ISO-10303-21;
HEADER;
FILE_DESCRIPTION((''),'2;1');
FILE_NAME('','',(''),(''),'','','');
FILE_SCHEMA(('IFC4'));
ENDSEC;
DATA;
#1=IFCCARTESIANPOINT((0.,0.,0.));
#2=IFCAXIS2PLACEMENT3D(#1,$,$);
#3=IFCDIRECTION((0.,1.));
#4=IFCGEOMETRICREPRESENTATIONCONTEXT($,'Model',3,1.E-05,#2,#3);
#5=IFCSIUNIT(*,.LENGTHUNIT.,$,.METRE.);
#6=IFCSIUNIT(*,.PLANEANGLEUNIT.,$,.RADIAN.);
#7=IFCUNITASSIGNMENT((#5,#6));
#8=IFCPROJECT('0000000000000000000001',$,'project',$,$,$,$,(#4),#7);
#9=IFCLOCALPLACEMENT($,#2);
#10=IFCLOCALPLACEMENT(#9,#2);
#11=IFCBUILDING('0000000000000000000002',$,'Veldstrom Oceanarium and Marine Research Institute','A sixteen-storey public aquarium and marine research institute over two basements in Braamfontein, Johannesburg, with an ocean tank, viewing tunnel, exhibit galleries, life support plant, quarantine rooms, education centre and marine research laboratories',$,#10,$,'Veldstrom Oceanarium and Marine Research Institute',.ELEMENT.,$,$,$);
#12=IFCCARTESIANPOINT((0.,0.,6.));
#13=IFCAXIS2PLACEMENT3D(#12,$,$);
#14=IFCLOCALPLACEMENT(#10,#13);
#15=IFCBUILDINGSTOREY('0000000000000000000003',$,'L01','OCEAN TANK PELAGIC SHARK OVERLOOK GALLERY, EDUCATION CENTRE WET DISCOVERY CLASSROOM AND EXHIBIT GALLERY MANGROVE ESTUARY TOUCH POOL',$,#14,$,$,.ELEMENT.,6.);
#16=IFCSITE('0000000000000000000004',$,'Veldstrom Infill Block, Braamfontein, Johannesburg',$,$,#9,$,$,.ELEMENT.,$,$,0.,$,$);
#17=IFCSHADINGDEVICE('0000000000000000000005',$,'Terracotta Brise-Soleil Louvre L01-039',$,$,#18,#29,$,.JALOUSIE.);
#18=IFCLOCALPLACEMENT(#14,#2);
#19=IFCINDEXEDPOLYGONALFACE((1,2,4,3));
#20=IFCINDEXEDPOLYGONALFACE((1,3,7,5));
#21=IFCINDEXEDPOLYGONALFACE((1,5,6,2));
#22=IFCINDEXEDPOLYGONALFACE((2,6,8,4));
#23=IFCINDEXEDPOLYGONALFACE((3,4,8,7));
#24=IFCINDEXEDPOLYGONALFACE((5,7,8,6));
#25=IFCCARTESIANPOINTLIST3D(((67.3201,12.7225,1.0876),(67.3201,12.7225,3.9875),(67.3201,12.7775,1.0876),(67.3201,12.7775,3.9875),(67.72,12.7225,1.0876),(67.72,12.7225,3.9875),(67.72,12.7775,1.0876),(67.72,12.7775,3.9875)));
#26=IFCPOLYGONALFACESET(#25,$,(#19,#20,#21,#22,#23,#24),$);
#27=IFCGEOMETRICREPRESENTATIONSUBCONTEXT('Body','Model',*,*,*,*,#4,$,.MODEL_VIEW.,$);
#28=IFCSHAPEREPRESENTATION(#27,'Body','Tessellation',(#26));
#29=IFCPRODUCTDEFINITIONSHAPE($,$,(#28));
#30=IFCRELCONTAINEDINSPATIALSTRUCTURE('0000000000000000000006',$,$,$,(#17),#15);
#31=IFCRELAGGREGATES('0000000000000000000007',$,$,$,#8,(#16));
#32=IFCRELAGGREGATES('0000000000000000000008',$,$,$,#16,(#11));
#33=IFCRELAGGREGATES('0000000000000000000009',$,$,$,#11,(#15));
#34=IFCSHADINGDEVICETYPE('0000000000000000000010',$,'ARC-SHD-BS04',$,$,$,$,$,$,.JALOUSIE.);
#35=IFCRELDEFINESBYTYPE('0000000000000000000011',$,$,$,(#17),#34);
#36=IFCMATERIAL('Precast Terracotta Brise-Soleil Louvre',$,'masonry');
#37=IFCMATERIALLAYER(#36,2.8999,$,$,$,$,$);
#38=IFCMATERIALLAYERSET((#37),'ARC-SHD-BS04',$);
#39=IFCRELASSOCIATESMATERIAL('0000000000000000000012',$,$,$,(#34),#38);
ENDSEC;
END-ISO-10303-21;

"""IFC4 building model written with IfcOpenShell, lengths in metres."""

from ifc_helpers import new_model, si_unit, direction, frame, origin, origin_2d, place, context, subcontext, project, spatial, rectangle, extrude, material, layer, layer_set, type_object, element, save


model = new_model("IFC4")

# Units and contexts
model_context = context("Model", 3, precision=1e-05, world=origin(), true_north=direction((0.0, 1.0)))
body_context = subcontext(model_context, "Body", "Model", "MODEL_VIEW")
ifc_project = project(units=[si_unit("LENGTHUNIT", "METRE"), si_unit("PLANEANGLEUNIT", "RADIAN")], contexts=[model_context])

# Site, building, storey
site_placement = place(None, origin())
site = spatial("IfcSite", under=ifc_project, at=site_placement, Name="Veldstrom Infill Block, Braamfontein, Johannesburg", CompositionType="ELEMENT", RefElevation=0.0)
building_placement = place(site_placement, origin())
building = spatial("IfcBuilding", under=site, at=building_placement, Name="Veldstrom Oceanarium and Marine Research Institute", Description="A sixteen-storey public aquarium and marine research institute over two basements in Braamfontein, Johannesburg, with an ocean tank, viewing tunnel, exhibit galleries, life support plant, quarantine rooms, education centre and marine research laboratories", LongName="Veldstrom Oceanarium and Marine Research Institute", CompositionType="ELEMENT")
storey_placement = place(building_placement, frame((0.0, 0.0, 6.0)))
storey = spatial("IfcBuildingStorey", under=building, at=storey_placement, Name="L01", Description="OCEAN TANK PELAGIC SHARK OVERLOOK GALLERY, EDUCATION CENTRE WET DISCOVERY CLASSROOM AND EXHIBIT GALLERY MANGROVE ESTUARY TOUCH POOL", CompositionType="ELEMENT", Elevation=6.0)

# Shading device
ifc_material_1 = material(Name="Precast Terracotta Brise-Soleil Louvre", Category="masonry")
ifc_layer_1 = layer(ifc_material_1, 2.8999)
ifc_layer_set_1 = layer_set([ifc_layer_1], Name="ARC-SHD-BS04")
shading_device_type_1 = type_object("IfcShadingDeviceType", Name="ARC-SHD-BS04", PredefinedType="JALOUSIE", material=ifc_layer_set_1)
for number, where, z_axis, x_axis, name in (
    (1, (67.52, 12.75, 1.0876), (0.0, 0.0, 1.0), (1.0, 0.0, 0.0), "Terracotta Brise-Soleil Louvre L01-039"),
):
    element("IfcShadingDevice", number, at=place(storey_placement, frame(where, z_axis=z_axis, x_axis=x_axis)), inside=storey, type_object=shading_device_type_1, Name=name, PredefinedType="JALOUSIE", context=body_context, shape_type="SweptSolid", body=[
        extrude(rectangle(XDim=0.3999, YDim=0.0549, at=origin_2d()), origin(), (0.0, 0.0, 1.0), 2.8999),
    ])

save(model, "model.ifc")
